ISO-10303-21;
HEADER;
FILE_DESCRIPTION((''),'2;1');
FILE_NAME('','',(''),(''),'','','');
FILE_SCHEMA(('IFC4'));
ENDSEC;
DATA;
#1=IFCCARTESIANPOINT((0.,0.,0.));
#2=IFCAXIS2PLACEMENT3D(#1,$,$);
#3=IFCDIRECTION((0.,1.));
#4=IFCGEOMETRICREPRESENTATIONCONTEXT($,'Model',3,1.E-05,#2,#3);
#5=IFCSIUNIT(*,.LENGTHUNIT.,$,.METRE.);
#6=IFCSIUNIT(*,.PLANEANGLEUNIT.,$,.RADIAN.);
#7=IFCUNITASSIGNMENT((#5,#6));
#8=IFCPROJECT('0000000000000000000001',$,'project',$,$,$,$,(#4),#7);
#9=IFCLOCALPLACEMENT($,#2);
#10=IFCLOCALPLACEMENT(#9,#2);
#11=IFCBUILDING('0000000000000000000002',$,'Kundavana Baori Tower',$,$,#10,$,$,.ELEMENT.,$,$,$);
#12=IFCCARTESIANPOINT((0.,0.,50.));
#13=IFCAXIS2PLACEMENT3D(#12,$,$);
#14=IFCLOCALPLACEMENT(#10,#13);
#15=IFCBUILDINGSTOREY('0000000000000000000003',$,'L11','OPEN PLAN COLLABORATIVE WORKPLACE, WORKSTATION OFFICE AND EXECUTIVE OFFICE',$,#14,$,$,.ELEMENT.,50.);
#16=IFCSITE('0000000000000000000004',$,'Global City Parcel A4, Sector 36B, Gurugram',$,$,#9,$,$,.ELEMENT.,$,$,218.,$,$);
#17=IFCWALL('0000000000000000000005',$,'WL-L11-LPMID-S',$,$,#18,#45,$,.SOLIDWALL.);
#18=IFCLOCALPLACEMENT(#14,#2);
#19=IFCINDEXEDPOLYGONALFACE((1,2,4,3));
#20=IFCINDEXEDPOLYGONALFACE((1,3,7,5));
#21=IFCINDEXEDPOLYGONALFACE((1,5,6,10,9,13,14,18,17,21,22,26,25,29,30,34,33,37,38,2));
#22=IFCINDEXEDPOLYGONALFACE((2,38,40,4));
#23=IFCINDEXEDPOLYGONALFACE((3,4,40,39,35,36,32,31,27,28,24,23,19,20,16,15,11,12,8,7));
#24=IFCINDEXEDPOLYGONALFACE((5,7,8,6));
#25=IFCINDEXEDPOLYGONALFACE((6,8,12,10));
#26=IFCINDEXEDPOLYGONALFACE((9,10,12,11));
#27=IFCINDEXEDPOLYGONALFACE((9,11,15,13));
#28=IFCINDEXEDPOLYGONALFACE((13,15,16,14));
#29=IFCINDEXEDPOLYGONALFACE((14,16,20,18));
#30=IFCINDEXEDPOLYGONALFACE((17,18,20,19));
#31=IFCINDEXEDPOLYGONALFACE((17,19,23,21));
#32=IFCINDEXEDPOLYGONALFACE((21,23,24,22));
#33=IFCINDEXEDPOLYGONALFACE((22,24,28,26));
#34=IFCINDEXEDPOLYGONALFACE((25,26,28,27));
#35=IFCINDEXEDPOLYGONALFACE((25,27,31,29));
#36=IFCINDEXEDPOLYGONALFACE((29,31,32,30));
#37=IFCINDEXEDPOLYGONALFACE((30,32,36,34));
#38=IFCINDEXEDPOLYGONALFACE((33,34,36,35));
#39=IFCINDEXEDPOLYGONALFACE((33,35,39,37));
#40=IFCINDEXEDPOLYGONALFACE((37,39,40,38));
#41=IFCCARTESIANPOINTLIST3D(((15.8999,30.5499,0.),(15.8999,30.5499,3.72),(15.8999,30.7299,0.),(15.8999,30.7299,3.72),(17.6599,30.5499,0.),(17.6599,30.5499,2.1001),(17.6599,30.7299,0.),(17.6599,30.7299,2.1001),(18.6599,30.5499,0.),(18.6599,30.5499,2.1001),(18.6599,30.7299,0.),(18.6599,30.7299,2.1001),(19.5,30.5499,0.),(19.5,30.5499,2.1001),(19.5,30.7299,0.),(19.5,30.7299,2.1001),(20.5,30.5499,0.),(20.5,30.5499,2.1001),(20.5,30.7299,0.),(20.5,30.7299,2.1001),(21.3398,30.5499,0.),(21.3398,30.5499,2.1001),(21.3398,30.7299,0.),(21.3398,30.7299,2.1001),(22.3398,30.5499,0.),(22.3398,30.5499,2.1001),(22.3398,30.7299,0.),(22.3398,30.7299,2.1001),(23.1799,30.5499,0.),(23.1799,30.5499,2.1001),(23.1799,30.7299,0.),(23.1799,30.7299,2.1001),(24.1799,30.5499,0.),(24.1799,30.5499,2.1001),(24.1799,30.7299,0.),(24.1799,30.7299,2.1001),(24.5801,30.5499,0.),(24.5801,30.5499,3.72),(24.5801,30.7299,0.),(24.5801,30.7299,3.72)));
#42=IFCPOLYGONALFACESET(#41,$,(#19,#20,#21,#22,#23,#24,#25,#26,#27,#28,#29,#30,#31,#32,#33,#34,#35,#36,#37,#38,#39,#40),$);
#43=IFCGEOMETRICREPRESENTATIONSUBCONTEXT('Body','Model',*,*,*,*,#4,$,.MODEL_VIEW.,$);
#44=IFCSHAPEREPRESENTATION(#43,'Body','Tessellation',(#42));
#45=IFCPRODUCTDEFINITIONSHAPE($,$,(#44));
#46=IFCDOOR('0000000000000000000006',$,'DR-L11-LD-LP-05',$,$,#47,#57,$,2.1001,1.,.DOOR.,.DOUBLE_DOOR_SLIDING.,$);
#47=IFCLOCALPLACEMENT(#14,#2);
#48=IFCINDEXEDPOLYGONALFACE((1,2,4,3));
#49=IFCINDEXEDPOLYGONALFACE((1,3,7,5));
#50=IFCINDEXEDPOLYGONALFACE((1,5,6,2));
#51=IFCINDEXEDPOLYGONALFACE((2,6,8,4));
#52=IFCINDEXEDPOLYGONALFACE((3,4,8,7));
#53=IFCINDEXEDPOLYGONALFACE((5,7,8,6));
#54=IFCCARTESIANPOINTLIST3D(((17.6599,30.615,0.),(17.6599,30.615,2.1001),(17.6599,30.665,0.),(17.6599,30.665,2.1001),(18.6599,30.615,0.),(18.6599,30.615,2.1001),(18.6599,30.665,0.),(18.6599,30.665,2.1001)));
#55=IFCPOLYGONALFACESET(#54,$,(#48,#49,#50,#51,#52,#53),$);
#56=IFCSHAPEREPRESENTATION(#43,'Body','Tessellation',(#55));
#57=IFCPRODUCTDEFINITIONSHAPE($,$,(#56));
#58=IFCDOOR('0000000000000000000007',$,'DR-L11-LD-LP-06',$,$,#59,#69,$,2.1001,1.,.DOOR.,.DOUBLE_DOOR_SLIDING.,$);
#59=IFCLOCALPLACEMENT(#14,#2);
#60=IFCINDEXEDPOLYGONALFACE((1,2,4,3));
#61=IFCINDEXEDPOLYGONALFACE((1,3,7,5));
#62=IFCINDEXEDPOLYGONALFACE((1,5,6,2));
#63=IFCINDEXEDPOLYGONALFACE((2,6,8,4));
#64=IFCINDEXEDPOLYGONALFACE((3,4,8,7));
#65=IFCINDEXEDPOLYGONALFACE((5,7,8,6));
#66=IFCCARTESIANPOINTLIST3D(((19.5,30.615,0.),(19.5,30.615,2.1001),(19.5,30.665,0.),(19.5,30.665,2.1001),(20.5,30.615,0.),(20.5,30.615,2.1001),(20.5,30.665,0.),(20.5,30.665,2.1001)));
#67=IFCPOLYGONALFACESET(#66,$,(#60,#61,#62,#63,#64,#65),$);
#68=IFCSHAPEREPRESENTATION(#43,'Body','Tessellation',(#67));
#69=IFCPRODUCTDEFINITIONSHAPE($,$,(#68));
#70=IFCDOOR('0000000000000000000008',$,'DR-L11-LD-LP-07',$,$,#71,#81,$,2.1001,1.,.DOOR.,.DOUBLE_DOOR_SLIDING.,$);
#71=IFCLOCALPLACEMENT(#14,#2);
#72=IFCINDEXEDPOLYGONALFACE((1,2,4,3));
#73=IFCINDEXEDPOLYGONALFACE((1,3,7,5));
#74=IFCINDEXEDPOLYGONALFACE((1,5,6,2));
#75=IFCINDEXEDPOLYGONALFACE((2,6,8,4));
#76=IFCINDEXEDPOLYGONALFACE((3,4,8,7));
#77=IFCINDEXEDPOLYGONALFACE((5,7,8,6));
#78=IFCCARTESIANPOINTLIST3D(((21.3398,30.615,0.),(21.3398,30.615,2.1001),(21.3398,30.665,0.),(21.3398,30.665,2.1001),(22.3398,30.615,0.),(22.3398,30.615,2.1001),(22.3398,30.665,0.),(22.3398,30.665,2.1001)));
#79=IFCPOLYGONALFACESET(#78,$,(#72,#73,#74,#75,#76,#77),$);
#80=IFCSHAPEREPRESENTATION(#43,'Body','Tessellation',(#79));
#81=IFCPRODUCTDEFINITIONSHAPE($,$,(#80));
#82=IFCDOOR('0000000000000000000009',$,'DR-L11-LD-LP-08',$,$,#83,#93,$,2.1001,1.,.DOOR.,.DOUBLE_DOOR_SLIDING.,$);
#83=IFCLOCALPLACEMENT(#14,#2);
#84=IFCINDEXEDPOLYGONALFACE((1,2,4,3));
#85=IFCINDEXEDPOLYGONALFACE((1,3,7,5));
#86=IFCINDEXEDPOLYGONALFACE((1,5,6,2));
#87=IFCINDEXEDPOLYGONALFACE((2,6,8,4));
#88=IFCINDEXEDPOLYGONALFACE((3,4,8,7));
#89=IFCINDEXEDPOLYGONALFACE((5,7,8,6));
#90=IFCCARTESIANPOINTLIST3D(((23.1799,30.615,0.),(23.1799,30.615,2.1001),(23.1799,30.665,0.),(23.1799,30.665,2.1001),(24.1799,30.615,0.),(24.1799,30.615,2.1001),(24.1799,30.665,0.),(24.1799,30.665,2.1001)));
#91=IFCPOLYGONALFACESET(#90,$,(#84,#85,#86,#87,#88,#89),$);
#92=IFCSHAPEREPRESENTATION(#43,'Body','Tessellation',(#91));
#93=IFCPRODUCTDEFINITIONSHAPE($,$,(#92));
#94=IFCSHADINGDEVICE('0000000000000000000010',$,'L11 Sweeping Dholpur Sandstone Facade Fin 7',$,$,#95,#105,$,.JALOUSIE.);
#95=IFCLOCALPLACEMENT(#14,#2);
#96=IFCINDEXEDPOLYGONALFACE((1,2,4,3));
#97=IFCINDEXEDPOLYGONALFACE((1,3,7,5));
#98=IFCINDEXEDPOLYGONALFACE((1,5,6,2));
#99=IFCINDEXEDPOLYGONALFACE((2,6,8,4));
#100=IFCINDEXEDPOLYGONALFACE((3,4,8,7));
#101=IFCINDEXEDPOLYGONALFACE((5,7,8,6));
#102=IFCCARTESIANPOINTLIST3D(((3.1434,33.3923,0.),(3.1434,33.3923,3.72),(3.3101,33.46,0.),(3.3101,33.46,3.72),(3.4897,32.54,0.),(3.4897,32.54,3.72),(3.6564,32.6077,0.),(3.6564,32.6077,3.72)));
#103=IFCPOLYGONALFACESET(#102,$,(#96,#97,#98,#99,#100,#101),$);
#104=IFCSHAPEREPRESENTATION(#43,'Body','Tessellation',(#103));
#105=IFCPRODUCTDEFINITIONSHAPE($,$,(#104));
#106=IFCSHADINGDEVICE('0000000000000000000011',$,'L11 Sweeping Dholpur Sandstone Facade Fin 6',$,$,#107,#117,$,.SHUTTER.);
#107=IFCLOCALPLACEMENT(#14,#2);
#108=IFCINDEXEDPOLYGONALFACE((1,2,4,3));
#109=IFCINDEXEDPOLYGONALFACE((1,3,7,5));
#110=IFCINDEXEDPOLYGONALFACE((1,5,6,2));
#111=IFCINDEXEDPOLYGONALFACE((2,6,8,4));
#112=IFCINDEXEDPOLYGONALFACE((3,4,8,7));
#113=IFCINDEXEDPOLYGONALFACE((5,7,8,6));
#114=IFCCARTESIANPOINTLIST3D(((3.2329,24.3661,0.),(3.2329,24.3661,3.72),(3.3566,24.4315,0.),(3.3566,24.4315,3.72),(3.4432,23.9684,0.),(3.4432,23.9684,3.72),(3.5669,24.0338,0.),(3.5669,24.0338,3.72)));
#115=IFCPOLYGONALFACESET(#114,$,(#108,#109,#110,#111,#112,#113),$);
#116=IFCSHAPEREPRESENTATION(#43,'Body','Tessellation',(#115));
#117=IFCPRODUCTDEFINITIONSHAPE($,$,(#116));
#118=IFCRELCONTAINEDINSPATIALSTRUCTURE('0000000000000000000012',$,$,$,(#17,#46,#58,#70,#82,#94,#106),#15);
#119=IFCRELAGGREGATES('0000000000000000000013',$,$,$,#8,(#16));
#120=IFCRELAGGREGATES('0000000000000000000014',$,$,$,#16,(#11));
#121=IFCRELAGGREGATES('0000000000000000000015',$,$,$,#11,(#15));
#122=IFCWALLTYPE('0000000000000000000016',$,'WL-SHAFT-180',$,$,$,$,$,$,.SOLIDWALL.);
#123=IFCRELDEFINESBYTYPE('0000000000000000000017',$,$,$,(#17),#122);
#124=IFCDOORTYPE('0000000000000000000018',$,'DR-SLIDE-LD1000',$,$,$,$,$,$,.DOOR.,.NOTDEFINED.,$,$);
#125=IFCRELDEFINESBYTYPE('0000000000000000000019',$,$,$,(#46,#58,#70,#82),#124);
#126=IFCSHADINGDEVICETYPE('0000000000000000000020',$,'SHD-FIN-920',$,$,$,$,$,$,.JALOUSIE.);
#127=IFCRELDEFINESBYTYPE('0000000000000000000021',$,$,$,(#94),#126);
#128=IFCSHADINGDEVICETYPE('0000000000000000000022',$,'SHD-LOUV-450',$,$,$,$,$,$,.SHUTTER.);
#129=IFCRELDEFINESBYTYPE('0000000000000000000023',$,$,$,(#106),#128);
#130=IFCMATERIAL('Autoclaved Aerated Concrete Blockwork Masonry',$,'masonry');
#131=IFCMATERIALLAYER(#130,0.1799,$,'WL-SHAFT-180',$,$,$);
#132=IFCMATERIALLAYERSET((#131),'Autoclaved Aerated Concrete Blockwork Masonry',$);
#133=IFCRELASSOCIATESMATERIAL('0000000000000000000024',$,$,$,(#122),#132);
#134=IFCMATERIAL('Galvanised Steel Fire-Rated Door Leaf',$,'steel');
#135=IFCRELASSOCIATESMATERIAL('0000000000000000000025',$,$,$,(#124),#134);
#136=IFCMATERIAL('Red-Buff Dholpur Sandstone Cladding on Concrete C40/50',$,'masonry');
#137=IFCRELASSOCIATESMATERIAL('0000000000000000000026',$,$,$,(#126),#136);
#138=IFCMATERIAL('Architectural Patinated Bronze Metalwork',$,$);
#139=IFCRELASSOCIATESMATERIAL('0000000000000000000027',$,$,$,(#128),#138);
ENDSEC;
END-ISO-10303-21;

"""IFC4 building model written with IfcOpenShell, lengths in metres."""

from ifc_helpers import new_model, si_unit, direction, frame, frame_2d, origin, origin_2d, place, context, subcontext, project, spatial, rectangle, extrude, material, layer, layer_set, type_object, element, fill, save


model = new_model("IFC4")

# Units and contexts
model_context = context("Model", 3, precision=1e-05, world=origin(), true_north=direction((0.0, 1.0)))
body_context = subcontext(model_context, "Body", "Model", "MODEL_VIEW")
ifc_project = project(units=[si_unit("LENGTHUNIT", "METRE"), si_unit("PLANEANGLEUNIT", "RADIAN")], contexts=[model_context])

# Site, building, storey
site_placement = place(None, origin())
site = spatial("IfcSite", under=ifc_project, at=site_placement, Name="Global City Parcel A4, Sector 36B, Gurugram", CompositionType="ELEMENT", RefElevation=218.0)
building_placement = place(site_placement, origin())
building = spatial("IfcBuilding", under=site, at=building_placement, Name="Kundavana Baori Tower", CompositionType="ELEMENT")
storey_placement = place(building_placement, frame((0.0, 0.0, 50.0)))
storey = spatial("IfcBuildingStorey", under=building, at=storey_placement, Name="L11", Description="OPEN PLAN COLLABORATIVE WORKPLACE, WORKSTATION OFFICE AND EXECUTIVE OFFICE", CompositionType="ELEMENT", Elevation=50.0)

# Shared definitions
ifc_material_1 = material(Name="Autoclaved Aerated Concrete Blockwork Masonry", Category="masonry")
ifc_layer_1 = layer(ifc_material_1, 0.1799, Name="WL-SHAFT-180")
ifc_layer_set_1 = layer_set([ifc_layer_1], Name="Autoclaved Aerated Concrete Blockwork Masonry")
wall_type_1 = type_object("IfcWallType", Name="WL-SHAFT-180", PredefinedType="SOLIDWALL", material=ifc_layer_set_1)
ifc_material_2 = material(Name="Galvanised Steel Fire-Rated Door Leaf", Category="steel")
door_type = type_object("IfcDoorType", Name="DR-SLIDE-LD1000", OperationType="NOTDEFINED", PredefinedType="DOOR", material=ifc_material_2)

# Wall, openings, doors
wall_1_placement = place(storey_placement, frame((15.8999, 30.6399, 0.0), z_axis=(0.0, 0.0, 1.0), x_axis=(1.0, 0.0, 0.0)))
wall_1 = element("IfcWall", 1, at=wall_1_placement, inside=storey, type_object=wall_type_1, Name="WL-L11-LPMID-S", PredefinedType="SOLIDWALL", context=body_context, shape_type="SweptSolid", body=[
    extrude(rectangle(XDim=8.6802, YDim=0.1799, at=frame_2d((4.3401, 0.0))), origin(), (0.0, 0.0, 1.0), 3.72),
])
opening_1_placement = place(wall_1_placement, frame((1.76, 0.0, 0.0)))
opening_1 = element("IfcOpeningElement", 2, at=opening_1_placement, cuts=wall_1, PredefinedType="OPENING", context=body_context, shape_type="SweptSolid", body=[
    extrude(rectangle(XDim=1.0, YDim=2.1001, at=frame_2d((0.5, 1.05))), frame((0.0, 0.1001, 0.0), z_axis=(0.0, -1.0, 0.0), x_axis=(1.0, 0.0, 0.0)), (0.0, 0.0, 1.0), 0.2),
])
opening_2_placement = place(wall_1_placement, frame((3.6001, 0.0, 0.0)))
opening_2 = element("IfcOpeningElement", 3, at=opening_2_placement, cuts=wall_1, PredefinedType="OPENING", context=body_context, shape_type="SweptSolid", body=[
    extrude(rectangle(XDim=1.0, YDim=2.1001, at=frame_2d((0.5, 1.05))), frame((0.0, 0.1001, 0.0), z_axis=(0.0, -1.0, 0.0), x_axis=(1.0, 0.0, 0.0)), (0.0, 0.0, 1.0), 0.2),
])
opening_3_placement = place(wall_1_placement, frame((5.4399, 0.0, 0.0)))
opening_3 = element("IfcOpeningElement", 4, at=opening_3_placement, cuts=wall_1, PredefinedType="OPENING", context=body_context, shape_type="SweptSolid", body=[
    extrude(rectangle(XDim=1.0, YDim=2.1001, at=frame_2d((0.5, 1.05))), frame((0.0, 0.1001, 0.0), z_axis=(0.0, -1.0, 0.0), x_axis=(1.0, 0.0, 0.0)), (0.0, 0.0, 1.0), 0.2),
])
opening_4_placement = place(wall_1_placement, frame((7.28, 0.0, 0.0)))
opening_4 = element("IfcOpeningElement", 5, at=opening_4_placement, cuts=wall_1, PredefinedType="OPENING", context=body_context, shape_type="SweptSolid", body=[
    extrude(rectangle(XDim=1.0, YDim=2.1001, at=frame_2d((0.5, 1.05))), frame((0.0, 0.1001, 0.0), z_axis=(0.0, -1.0, 0.0), x_axis=(1.0, 0.0, 0.0)), (0.0, 0.0, 1.0), 0.2),
])
door_1_placement = place(opening_1_placement, frame((1.0, 0.0, 0.0), z_axis=(0.0, 0.0, 1.0), x_axis=(-1.0, 0.0, 0.0)))
door_1 = element("IfcDoor", 6, at=door_1_placement, inside=storey, type_object=door_type, Name="DR-L11-LD-LP-05", OperationType="DOUBLE_DOOR_SLIDING", OverallHeight=2.1001, OverallWidth=1.0, PredefinedType="DOOR", context=body_context, shape_type="SweptSolid", body=[
    extrude(rectangle(XDim=1.0, YDim=2.1001, at=frame_2d((0.5, 1.05))), frame((0.0, 0.0249, 0.0), z_axis=(0.0, -1.0, 0.0), x_axis=(1.0, 0.0, 0.0)), (0.0, 0.0, 1.0), 0.05),
])
fill(opening_1, door_1)
door_2_placement = place(opening_2_placement, frame((1.0, 0.0, 0.0), z_axis=(0.0, 0.0, 1.0), x_axis=(-1.0, 0.0, 0.0)))
door_2 = element("IfcDoor", 7, at=door_2_placement, inside=storey, type_object=door_type, Name="DR-L11-LD-LP-06", OperationType="DOUBLE_DOOR_SLIDING", OverallHeight=2.1001, OverallWidth=1.0, PredefinedType="DOOR", context=body_context, shape_type="SweptSolid", body=[
    extrude(rectangle(XDim=1.0, YDim=2.1001, at=frame_2d((0.5, 1.05))), frame((0.0, 0.0249, 0.0), z_axis=(0.0, -1.0, 0.0), x_axis=(1.0, 0.0, 0.0)), (0.0, 0.0, 1.0), 0.05),
])
fill(opening_2, door_2)
door_3_placement = place(opening_3_placement, frame((1.0, 0.0, 0.0), z_axis=(0.0, 0.0, 1.0), x_axis=(-1.0, 0.0, 0.0)))
door_3 = element("IfcDoor", 8, at=door_3_placement, inside=storey, type_object=door_type, Name="DR-L11-LD-LP-07", OperationType="DOUBLE_DOOR_SLIDING", OverallHeight=2.1001, OverallWidth=1.0, PredefinedType="DOOR", context=body_context, shape_type="SweptSolid", body=[
    extrude(rectangle(XDim=1.0, YDim=2.1001, at=frame_2d((0.5, 1.05))), frame((0.0, 0.0249, 0.0), z_axis=(0.0, -1.0, 0.0), x_axis=(1.0, 0.0, 0.0)), (0.0, 0.0, 1.0), 0.05),
])
fill(opening_3, door_3)
door_4_placement = place(opening_4_placement, frame((1.0, 0.0, 0.0), z_axis=(0.0, 0.0, 1.0), x_axis=(-1.0, 0.0, 0.0)))
door_4 = element("IfcDoor", 9, at=door_4_placement, inside=storey, type_object=door_type, Name="DR-L11-LD-LP-08", OperationType="DOUBLE_DOOR_SLIDING", OverallHeight=2.1001, OverallWidth=1.0, PredefinedType="DOOR", context=body_context, shape_type="SweptSolid", body=[
    extrude(rectangle(XDim=1.0, YDim=2.1001, at=frame_2d((0.5, 1.05))), frame((0.0, 0.0249, 0.0), z_axis=(0.0, -1.0, 0.0), x_axis=(1.0, 0.0, 0.0)), (0.0, 0.0, 1.0), 0.05),
])
fill(opening_4, door_4)

# Shading devices
ifc_material_3 = material(Name="Red-Buff Dholpur Sandstone Cladding on Concrete C40/50", Category="masonry")
shading_device_type_1 = type_object("IfcShadingDeviceType", Name="SHD-FIN-920", PredefinedType="JALOUSIE", material=ifc_material_3)
shading_device_1_placement = place(storey_placement, frame((3.3999, 33.0, 0.0), z_axis=(0.0, 0.0, 1.0), x_axis=(0.926463, 0.376386, 0.0)))
element("IfcShadingDevice", 10, at=shading_device_1_placement, inside=storey, type_object=shading_device_type_1, Name="L11 Sweeping Dholpur Sandstone Facade Fin 7", PredefinedType="JALOUSIE", context=body_context, shape_type="SweptSolid", body=[
    extrude(rectangle(XDim=0.1799, YDim=0.9199, at=origin_2d()), origin(), (0.0, 0.0, 1.0), 3.72),
])
ifc_material_4 = material(Name="Architectural Patinated Bronze Metalwork")
shading_device_type_2 = type_object("IfcShadingDeviceType", Name="SHD-LOUV-450", PredefinedType="SHUTTER", material=ifc_material_4)
shading_device_2_placement = place(storey_placement, frame((3.3999, 24.2, 0.0), z_axis=(0.0, 0.0, 1.0), x_axis=(0.884011, 0.467467, 0.0)))
element("IfcShadingDevice", 11, at=shading_device_2_placement, inside=storey, type_object=shading_device_type_2, Name="L11 Sweeping Dholpur Sandstone Facade Fin 6", PredefinedType="SHUTTER", context=body_context, shape_type="SweptSolid", body=[
    extrude(rectangle(XDim=0.1399, YDim=0.45, at=origin_2d()), origin(), (0.0, 0.0, 1.0), 3.72),
])

save(model, "model.ifc")
